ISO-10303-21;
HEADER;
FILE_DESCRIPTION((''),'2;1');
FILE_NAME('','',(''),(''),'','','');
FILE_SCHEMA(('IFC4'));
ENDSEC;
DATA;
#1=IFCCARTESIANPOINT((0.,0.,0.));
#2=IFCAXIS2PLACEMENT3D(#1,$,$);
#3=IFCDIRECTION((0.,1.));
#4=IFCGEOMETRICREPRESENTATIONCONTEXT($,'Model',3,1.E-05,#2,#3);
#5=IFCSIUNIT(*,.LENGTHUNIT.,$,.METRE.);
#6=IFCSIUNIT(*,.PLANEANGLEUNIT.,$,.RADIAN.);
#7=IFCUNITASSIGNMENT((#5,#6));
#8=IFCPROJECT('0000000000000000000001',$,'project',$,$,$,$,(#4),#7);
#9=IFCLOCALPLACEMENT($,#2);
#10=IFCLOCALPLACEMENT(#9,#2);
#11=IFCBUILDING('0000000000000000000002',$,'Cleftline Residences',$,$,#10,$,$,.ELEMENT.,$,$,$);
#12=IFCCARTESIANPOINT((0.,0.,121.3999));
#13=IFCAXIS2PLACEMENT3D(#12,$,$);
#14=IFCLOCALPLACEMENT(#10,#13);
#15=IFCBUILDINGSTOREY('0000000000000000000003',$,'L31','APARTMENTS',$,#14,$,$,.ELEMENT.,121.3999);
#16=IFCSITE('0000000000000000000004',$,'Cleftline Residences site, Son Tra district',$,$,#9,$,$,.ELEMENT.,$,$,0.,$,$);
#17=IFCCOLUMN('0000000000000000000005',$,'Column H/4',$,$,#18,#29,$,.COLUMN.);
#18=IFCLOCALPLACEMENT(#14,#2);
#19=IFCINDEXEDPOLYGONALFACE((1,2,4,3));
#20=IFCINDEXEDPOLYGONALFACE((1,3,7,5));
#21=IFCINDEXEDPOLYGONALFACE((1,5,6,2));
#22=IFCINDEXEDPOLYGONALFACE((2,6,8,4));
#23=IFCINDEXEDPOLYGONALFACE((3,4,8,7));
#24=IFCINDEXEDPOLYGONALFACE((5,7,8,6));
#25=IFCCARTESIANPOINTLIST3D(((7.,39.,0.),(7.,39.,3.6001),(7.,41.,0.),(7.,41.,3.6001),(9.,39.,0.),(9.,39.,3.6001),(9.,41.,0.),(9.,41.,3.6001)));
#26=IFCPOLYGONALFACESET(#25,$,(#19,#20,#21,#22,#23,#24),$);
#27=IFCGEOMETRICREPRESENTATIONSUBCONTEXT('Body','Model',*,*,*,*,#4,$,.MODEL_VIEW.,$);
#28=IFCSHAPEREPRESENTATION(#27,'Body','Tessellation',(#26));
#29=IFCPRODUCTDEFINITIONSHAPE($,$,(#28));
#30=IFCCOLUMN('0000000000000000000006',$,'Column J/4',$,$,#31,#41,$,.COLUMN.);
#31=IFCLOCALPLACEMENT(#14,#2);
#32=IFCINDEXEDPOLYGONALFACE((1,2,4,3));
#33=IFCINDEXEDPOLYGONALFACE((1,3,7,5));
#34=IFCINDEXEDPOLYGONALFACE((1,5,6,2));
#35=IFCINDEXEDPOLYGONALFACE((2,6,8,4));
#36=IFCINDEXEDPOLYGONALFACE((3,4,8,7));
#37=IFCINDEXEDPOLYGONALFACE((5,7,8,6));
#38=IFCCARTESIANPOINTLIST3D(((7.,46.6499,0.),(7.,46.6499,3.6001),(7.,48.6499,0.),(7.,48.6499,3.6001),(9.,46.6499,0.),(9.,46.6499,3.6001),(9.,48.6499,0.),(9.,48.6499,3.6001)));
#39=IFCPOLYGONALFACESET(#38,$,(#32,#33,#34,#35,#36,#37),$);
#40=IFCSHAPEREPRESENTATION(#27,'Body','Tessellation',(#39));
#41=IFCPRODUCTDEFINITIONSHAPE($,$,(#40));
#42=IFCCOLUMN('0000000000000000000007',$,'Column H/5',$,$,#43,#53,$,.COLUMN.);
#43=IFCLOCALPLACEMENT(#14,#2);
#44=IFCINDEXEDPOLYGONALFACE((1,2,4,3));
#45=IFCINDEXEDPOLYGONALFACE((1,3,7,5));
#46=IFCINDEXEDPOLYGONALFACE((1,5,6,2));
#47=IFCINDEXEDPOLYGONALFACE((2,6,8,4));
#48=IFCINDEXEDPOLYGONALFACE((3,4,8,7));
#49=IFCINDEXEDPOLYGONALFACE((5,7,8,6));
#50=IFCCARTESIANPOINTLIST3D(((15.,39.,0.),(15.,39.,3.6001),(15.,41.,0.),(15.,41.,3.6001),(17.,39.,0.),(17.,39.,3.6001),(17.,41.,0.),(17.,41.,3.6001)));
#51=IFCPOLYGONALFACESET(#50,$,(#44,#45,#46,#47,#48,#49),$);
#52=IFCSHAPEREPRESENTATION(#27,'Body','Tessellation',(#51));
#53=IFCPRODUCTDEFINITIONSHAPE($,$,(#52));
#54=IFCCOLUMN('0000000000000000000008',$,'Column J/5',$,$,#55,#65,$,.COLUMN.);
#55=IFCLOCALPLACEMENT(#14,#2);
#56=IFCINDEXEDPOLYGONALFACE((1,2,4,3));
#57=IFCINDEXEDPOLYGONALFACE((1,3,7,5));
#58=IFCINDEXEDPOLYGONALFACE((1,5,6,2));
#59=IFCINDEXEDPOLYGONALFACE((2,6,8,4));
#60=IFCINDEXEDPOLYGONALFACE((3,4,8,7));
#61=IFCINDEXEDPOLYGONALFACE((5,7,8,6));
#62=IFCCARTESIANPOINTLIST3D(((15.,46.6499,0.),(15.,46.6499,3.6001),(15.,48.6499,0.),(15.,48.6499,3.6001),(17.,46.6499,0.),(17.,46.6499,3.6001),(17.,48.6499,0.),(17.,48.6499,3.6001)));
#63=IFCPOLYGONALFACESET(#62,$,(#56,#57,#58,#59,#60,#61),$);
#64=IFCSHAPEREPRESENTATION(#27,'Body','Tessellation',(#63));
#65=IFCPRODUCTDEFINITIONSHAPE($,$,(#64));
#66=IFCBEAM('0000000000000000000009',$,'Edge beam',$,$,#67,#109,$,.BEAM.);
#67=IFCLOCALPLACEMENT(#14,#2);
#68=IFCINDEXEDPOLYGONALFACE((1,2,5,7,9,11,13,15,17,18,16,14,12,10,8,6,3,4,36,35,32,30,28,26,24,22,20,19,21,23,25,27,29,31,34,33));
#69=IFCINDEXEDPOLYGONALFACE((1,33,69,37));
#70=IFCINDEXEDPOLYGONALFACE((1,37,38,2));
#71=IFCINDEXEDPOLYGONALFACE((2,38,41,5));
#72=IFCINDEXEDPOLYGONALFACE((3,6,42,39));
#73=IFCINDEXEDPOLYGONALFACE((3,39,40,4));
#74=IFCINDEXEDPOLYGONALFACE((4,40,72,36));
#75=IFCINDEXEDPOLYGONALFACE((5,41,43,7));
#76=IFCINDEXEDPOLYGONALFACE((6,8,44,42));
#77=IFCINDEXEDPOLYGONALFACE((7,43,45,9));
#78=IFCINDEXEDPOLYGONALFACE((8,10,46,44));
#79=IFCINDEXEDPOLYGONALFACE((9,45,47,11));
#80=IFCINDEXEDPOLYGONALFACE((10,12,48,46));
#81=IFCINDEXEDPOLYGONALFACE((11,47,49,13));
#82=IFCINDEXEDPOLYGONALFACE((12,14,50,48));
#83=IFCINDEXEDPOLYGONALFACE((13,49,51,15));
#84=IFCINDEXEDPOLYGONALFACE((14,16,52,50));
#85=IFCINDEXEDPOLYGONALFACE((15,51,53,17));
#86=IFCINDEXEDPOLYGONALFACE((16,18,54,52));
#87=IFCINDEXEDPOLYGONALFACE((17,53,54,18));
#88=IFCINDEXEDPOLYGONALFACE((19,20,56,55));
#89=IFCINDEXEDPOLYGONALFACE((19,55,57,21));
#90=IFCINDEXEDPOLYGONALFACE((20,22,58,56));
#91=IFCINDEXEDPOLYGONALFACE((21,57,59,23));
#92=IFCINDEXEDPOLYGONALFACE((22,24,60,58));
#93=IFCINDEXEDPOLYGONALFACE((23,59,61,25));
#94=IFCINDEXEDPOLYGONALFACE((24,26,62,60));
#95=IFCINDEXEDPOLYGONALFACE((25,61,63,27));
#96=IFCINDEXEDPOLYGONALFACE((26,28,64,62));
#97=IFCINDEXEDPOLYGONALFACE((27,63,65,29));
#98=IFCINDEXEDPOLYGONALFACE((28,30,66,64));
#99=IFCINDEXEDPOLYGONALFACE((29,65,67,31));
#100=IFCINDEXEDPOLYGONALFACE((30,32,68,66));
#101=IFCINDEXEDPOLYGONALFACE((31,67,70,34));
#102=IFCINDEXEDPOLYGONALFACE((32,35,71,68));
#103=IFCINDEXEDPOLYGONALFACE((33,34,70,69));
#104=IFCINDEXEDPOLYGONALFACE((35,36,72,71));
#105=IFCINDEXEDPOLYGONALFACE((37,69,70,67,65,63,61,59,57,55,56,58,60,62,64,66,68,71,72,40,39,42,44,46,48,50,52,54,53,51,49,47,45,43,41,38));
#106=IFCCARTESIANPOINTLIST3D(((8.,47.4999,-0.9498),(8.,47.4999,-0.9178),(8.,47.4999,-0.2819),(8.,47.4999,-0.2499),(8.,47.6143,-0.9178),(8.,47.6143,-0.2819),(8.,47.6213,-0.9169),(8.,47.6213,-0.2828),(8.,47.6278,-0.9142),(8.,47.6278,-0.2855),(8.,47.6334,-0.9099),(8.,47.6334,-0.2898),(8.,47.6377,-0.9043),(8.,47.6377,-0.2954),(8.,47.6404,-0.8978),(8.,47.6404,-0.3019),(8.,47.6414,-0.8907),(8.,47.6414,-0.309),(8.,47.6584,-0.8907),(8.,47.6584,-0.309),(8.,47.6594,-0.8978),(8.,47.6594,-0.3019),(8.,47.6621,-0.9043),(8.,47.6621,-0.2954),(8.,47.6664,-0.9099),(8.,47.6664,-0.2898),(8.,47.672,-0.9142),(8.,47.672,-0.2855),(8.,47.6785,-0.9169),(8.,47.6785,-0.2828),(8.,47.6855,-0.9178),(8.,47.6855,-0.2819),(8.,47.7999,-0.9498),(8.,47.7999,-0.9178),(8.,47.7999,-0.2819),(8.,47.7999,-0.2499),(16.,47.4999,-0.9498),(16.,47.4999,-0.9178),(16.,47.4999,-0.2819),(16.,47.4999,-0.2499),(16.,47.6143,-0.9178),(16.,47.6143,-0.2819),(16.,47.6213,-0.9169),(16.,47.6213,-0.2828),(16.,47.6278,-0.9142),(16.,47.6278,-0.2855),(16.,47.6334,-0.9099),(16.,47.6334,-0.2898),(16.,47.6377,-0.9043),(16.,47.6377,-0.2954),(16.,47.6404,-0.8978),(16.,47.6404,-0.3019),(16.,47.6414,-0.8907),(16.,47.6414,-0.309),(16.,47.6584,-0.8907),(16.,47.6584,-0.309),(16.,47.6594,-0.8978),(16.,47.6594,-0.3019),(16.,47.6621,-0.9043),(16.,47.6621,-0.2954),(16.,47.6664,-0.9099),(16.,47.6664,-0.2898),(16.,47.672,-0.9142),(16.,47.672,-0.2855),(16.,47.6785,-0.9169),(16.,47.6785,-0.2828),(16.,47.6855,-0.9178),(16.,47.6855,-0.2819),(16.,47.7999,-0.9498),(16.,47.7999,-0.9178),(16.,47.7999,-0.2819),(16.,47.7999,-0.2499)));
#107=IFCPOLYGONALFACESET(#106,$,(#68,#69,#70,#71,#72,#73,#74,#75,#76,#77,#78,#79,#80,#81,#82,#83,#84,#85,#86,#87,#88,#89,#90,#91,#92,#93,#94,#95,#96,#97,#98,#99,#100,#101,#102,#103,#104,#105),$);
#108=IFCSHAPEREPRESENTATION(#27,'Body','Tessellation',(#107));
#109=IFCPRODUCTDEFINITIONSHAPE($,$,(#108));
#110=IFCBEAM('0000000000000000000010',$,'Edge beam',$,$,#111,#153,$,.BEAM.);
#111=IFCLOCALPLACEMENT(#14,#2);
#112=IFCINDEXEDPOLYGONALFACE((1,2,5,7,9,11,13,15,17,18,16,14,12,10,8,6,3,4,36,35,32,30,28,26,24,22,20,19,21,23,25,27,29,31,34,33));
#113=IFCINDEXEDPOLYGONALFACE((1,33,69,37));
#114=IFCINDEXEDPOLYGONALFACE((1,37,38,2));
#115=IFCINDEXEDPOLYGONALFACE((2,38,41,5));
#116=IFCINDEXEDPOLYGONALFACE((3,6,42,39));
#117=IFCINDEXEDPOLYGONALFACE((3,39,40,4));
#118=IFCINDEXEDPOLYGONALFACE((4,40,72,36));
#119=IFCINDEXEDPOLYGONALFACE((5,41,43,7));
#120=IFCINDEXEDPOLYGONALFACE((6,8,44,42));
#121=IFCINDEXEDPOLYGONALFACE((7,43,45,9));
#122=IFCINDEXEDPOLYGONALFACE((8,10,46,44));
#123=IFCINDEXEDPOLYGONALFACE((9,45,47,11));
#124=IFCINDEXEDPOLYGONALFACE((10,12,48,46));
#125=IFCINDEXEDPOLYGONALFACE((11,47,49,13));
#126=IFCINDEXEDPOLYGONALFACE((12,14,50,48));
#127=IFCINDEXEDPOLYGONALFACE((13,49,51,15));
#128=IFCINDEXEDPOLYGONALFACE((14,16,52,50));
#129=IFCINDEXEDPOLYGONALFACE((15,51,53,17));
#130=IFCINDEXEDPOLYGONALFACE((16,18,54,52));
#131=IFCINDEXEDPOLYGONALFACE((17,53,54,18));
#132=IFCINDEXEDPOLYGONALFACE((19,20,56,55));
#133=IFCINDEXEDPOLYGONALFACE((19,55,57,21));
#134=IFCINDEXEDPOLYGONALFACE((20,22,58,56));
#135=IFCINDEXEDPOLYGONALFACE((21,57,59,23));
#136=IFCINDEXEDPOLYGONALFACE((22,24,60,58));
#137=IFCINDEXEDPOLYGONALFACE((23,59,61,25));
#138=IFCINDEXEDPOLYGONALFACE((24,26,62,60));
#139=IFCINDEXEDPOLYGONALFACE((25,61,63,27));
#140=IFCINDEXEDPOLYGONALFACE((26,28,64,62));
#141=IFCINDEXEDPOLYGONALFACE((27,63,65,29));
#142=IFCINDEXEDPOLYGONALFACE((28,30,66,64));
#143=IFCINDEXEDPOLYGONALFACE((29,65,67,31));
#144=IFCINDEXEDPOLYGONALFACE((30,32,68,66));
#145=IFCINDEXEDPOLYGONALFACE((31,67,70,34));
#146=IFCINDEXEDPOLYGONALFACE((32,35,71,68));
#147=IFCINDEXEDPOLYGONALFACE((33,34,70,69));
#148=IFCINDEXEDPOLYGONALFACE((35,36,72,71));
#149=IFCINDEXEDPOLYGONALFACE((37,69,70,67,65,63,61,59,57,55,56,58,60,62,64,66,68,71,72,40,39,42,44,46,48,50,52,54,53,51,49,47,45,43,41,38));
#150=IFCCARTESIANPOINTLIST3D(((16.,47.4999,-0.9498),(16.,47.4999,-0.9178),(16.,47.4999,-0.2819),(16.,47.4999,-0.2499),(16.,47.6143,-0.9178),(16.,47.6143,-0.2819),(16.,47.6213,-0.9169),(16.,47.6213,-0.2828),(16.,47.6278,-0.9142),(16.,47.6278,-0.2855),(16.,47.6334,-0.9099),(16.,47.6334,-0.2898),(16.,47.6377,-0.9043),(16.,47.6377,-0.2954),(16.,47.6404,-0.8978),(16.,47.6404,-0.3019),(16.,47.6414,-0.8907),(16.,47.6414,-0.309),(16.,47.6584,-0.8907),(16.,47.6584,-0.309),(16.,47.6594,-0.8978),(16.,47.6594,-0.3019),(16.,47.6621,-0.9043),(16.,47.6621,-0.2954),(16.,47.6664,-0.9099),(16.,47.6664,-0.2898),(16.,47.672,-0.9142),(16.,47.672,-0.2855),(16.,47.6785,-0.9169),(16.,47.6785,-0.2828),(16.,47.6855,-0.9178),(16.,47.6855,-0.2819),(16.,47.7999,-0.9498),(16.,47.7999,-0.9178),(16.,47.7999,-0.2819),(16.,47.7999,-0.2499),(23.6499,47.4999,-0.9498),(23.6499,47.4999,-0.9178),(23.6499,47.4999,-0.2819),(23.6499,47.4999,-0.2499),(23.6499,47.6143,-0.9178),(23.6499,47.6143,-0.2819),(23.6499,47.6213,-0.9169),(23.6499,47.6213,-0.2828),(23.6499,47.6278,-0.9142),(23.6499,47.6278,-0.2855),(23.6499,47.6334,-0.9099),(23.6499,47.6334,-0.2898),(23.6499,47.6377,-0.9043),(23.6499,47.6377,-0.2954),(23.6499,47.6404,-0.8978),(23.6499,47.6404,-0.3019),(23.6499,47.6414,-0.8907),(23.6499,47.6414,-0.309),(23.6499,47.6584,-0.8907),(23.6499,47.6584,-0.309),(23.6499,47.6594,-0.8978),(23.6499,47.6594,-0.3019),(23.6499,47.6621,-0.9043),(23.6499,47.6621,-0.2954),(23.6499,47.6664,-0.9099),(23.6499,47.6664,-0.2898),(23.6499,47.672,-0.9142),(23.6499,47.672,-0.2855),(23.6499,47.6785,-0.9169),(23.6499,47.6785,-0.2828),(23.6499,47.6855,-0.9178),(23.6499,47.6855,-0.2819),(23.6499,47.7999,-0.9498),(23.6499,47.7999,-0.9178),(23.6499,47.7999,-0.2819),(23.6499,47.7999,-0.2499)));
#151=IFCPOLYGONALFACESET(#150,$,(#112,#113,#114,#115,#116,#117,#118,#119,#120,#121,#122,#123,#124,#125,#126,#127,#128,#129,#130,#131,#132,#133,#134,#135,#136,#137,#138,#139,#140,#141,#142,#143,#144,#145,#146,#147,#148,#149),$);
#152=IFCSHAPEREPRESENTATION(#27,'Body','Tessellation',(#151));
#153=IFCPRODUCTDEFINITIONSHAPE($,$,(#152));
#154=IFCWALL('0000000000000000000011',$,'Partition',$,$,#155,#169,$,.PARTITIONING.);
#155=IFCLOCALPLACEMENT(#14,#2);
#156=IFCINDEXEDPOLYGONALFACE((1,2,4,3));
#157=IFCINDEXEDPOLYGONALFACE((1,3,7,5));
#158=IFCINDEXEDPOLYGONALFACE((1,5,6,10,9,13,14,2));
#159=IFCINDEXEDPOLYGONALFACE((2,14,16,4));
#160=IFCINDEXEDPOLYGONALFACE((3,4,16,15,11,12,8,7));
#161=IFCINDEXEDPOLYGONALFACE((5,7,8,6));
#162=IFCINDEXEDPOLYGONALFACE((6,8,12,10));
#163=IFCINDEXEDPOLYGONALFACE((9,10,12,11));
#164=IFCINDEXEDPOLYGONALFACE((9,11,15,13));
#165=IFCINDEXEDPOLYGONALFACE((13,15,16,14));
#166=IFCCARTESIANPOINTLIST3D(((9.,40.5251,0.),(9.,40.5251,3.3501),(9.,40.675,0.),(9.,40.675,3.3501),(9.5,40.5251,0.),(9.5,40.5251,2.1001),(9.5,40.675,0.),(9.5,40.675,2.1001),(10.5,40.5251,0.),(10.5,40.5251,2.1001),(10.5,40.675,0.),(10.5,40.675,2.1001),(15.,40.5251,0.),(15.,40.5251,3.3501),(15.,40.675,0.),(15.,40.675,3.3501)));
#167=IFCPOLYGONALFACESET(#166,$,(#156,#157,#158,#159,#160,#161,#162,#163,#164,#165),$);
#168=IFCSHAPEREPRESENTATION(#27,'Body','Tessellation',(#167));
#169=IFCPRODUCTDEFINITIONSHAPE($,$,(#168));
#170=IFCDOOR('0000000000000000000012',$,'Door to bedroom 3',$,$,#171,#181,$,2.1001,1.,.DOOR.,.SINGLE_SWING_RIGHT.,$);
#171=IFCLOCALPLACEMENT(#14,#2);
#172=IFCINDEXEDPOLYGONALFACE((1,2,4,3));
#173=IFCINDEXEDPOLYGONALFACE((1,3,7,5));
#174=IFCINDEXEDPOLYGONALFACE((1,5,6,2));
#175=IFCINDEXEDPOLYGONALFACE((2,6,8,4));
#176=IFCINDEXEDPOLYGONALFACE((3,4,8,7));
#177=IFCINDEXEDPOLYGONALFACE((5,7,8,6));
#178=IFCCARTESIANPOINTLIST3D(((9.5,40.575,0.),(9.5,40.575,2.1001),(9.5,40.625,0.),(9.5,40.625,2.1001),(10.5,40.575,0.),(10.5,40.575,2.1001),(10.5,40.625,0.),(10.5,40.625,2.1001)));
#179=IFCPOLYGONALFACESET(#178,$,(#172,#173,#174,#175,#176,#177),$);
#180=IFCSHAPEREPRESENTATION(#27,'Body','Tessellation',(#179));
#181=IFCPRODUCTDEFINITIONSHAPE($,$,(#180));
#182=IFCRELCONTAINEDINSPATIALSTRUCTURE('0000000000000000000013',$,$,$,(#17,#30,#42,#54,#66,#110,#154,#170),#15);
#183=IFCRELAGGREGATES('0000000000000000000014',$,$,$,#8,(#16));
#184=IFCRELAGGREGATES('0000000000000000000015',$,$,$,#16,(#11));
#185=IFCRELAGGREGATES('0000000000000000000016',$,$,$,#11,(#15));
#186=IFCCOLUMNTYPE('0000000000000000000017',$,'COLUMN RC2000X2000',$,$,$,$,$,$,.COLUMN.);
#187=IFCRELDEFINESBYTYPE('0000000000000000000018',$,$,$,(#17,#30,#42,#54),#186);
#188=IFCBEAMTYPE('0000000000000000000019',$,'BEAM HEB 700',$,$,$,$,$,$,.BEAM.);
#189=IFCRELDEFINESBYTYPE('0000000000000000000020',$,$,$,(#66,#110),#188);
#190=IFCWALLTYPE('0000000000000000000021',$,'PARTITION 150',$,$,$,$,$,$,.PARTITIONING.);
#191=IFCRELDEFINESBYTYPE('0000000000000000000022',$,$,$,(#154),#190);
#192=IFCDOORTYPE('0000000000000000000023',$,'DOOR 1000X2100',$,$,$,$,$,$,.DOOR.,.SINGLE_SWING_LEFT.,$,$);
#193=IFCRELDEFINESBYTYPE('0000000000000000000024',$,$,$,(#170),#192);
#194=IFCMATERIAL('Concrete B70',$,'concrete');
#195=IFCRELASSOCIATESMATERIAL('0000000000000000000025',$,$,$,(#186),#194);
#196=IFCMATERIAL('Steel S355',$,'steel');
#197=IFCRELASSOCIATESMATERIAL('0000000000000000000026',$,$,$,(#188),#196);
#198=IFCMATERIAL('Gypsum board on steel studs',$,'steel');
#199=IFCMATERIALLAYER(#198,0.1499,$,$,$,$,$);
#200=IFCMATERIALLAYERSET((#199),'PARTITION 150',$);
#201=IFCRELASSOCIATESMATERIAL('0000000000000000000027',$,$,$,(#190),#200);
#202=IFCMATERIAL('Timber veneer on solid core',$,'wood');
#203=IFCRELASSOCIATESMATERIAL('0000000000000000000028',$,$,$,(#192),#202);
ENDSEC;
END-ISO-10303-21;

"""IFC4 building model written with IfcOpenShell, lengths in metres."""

from ifc_helpers import new_model, si_unit, direction, frame, frame_2d, origin, origin_2d, place, context, subcontext, project, spatial, rectangle, i_section, extrude, material, layer, layer_set, material_profile, profile_set, type_object, element, fill, save


model = new_model("IFC4")

# Units and contexts
model_context = context("Model", 3, precision=1e-05, world=origin(), true_north=direction((0.0, 1.0)))
body_context = subcontext(model_context, "Body", "Model", "MODEL_VIEW")
ifc_project = project(units=[si_unit("LENGTHUNIT", "METRE"), si_unit("PLANEANGLEUNIT", "RADIAN")], contexts=[model_context])

# Site, building, storey
site_placement = place(None, origin())
site = spatial("IfcSite", under=ifc_project, at=site_placement, Name="Cleftline Residences site, Son Tra district", CompositionType="ELEMENT", RefElevation=0.0)
building_placement = place(site_placement, origin())
building = spatial("IfcBuilding", under=site, at=building_placement, Name="Cleftline Residences", CompositionType="ELEMENT")
storey_placement = place(building_placement, frame((0.0, 0.0, 121.3999)))
storey = spatial("IfcBuildingStorey", under=building, at=storey_placement, Name="L31", Description="APARTMENTS", CompositionType="ELEMENT", Elevation=121.3999)

# Columns
ifc_material_1 = material(Name="Concrete B70", Category="concrete")
ifc_material_profile_1 = material_profile(ifc_material_1, rectangle(XDim=2.0, YDim=2.0, at=origin_2d()))
ifc_profile_set_1 = profile_set([ifc_material_profile_1], Name="Concrete B70")
column_type = type_object("IfcColumnType", Name="COLUMN RC2000X2000", PredefinedType="COLUMN", material=ifc_profile_set_1)
for number, where, z_axis, x_axis, name in (
    (1, (8.0, 40.0, 0.0), (0.0, 0.0, 1.0), (1.0, 0.0, 0.0), "Column H/4"),
    (2, (8.0, 47.6499, 0.0), (0.0, 0.0, 1.0), (1.0, 0.0, 0.0), "Column J/4"),
    (3, (16.0, 40.0, 0.0), (0.0, 0.0, 1.0), (1.0, 0.0, 0.0), "Column H/5"),
    (4, (16.0, 47.6499, 0.0), (0.0, 0.0, 1.0), (1.0, 0.0, 0.0), "Column J/5"),
):
    element("IfcColumn", number, at=place(storey_placement, frame(where, z_axis=z_axis, x_axis=x_axis)), inside=storey, type_object=column_type, Name=name, PredefinedType="COLUMN", context=body_context, shape_type="SweptSolid", body=[
        extrude(rectangle(XDim=2.0, YDim=2.0, at=origin_2d()), origin(), (0.0, 0.0, 1.0), 3.6001),
    ])

# Beams
ifc_material_2 = material(Name="Steel S355", Category="steel")
ifc_material_profile_2 = material_profile(ifc_material_2, i_section(OverallWidth=0.3, OverallDepth=0.7, WebThickness=0.0171, FlangeThickness=0.032, FilletRadius=0.0271, at=origin_2d()))
ifc_profile_set_2 = profile_set([ifc_material_profile_2], Name="Steel S355")
beam_type = type_object("IfcBeamType", Name="BEAM HEB 700", PredefinedType="BEAM", material=ifc_profile_set_2)
beam_1_placement = place(storey_placement, frame((8.0, 47.6499, -0.5999), z_axis=(1.0, 0.0, 0.0), x_axis=(0.0, 1.0, 0.0)))
element("IfcBeam", 5, at=beam_1_placement, inside=storey, type_object=beam_type, Name="Edge beam", PredefinedType="BEAM", context=body_context, shape_type="SweptSolid", body=[
    extrude(i_section(OverallWidth=0.3, OverallDepth=0.7, WebThickness=0.0171, FlangeThickness=0.032, FilletRadius=0.0271, at=origin_2d()), origin(), (0.0, 0.0, 1.0), 8.0),
])
beam_2_placement = place(storey_placement, frame((16.0, 47.6499, -0.5999), z_axis=(1.0, 0.0, 0.0), x_axis=(0.0, 1.0, 0.0)))
element("IfcBeam", 6, at=beam_2_placement, inside=storey, type_object=beam_type, Name="Edge beam", PredefinedType="BEAM", context=body_context, shape_type="SweptSolid", body=[
    extrude(i_section(OverallWidth=0.3, OverallDepth=0.7, WebThickness=0.0171, FlangeThickness=0.032, FilletRadius=0.0271, at=origin_2d()), origin(), (0.0, 0.0, 1.0), 7.6499),
])

# Wall, opening, door
ifc_material_3 = material(Name="Gypsum board on steel studs", Category="steel")
ifc_layer = layer(ifc_material_3, 0.1499)
ifc_layer_set = layer_set([ifc_layer], Name="PARTITION 150")
wall_type = type_object("IfcWallType", Name="PARTITION 150", PredefinedType="PARTITIONING", material=ifc_layer_set)
wall_1_placement = place(storey_placement, frame((9.0, 40.6001, 0.0), z_axis=(0.0, 0.0, 1.0), x_axis=(1.0, 0.0, 0.0)))
wall_1 = element("IfcWall", 7, at=wall_1_placement, inside=storey, type_object=wall_type, Name="Partition", PredefinedType="PARTITIONING", context=body_context, shape_type="SweptSolid", body=[
    extrude(rectangle(XDim=6.0, YDim=0.1499, at=frame_2d((3.0, 0.0))), origin(), (0.0, 0.0, 1.0), 3.3501),
])
opening_1_placement = place(wall_1_placement, frame((0.5, 0.0, 0.0)))
opening_1 = element("IfcOpeningElement", 8, at=opening_1_placement, cuts=wall_1, PredefinedType="OPENING", context=body_context, shape_type="SweptSolid", body=[
    extrude(rectangle(XDim=1.0, YDim=2.1001, at=frame_2d((0.5, 1.05))), frame((0.0, 0.085, 0.0), z_axis=(0.0, -1.0, 0.0), x_axis=(1.0, 0.0, 0.0)), (0.0, 0.0, 1.0), 0.1699),
])
ifc_material_4 = material(Name="Timber veneer on solid core", Category="wood")
door_type_1 = type_object("IfcDoorType", Name="DOOR 1000X2100", OperationType="SINGLE_SWING_LEFT", PredefinedType="DOOR", material=ifc_material_4)
door_1_placement = place(opening_1_placement, origin())
door_1 = element("IfcDoor", 9, at=door_1_placement, inside=storey, type_object=door_type_1, Name="Door to bedroom 3", OperationType="SINGLE_SWING_RIGHT", OverallHeight=2.1001, OverallWidth=1.0, PredefinedType="DOOR", context=body_context, shape_type="SweptSolid", body=[
    extrude(rectangle(XDim=1.0, YDim=2.1001, at=frame_2d((0.5, 1.05))), frame((0.0, 0.0249, 0.0), z_axis=(0.0, -1.0, 0.0), x_axis=(1.0, 0.0, 0.0)), (0.0, 0.0, 1.0), 0.05),
])
fill(opening_1, door_1)

save(model, "model.ifc")
